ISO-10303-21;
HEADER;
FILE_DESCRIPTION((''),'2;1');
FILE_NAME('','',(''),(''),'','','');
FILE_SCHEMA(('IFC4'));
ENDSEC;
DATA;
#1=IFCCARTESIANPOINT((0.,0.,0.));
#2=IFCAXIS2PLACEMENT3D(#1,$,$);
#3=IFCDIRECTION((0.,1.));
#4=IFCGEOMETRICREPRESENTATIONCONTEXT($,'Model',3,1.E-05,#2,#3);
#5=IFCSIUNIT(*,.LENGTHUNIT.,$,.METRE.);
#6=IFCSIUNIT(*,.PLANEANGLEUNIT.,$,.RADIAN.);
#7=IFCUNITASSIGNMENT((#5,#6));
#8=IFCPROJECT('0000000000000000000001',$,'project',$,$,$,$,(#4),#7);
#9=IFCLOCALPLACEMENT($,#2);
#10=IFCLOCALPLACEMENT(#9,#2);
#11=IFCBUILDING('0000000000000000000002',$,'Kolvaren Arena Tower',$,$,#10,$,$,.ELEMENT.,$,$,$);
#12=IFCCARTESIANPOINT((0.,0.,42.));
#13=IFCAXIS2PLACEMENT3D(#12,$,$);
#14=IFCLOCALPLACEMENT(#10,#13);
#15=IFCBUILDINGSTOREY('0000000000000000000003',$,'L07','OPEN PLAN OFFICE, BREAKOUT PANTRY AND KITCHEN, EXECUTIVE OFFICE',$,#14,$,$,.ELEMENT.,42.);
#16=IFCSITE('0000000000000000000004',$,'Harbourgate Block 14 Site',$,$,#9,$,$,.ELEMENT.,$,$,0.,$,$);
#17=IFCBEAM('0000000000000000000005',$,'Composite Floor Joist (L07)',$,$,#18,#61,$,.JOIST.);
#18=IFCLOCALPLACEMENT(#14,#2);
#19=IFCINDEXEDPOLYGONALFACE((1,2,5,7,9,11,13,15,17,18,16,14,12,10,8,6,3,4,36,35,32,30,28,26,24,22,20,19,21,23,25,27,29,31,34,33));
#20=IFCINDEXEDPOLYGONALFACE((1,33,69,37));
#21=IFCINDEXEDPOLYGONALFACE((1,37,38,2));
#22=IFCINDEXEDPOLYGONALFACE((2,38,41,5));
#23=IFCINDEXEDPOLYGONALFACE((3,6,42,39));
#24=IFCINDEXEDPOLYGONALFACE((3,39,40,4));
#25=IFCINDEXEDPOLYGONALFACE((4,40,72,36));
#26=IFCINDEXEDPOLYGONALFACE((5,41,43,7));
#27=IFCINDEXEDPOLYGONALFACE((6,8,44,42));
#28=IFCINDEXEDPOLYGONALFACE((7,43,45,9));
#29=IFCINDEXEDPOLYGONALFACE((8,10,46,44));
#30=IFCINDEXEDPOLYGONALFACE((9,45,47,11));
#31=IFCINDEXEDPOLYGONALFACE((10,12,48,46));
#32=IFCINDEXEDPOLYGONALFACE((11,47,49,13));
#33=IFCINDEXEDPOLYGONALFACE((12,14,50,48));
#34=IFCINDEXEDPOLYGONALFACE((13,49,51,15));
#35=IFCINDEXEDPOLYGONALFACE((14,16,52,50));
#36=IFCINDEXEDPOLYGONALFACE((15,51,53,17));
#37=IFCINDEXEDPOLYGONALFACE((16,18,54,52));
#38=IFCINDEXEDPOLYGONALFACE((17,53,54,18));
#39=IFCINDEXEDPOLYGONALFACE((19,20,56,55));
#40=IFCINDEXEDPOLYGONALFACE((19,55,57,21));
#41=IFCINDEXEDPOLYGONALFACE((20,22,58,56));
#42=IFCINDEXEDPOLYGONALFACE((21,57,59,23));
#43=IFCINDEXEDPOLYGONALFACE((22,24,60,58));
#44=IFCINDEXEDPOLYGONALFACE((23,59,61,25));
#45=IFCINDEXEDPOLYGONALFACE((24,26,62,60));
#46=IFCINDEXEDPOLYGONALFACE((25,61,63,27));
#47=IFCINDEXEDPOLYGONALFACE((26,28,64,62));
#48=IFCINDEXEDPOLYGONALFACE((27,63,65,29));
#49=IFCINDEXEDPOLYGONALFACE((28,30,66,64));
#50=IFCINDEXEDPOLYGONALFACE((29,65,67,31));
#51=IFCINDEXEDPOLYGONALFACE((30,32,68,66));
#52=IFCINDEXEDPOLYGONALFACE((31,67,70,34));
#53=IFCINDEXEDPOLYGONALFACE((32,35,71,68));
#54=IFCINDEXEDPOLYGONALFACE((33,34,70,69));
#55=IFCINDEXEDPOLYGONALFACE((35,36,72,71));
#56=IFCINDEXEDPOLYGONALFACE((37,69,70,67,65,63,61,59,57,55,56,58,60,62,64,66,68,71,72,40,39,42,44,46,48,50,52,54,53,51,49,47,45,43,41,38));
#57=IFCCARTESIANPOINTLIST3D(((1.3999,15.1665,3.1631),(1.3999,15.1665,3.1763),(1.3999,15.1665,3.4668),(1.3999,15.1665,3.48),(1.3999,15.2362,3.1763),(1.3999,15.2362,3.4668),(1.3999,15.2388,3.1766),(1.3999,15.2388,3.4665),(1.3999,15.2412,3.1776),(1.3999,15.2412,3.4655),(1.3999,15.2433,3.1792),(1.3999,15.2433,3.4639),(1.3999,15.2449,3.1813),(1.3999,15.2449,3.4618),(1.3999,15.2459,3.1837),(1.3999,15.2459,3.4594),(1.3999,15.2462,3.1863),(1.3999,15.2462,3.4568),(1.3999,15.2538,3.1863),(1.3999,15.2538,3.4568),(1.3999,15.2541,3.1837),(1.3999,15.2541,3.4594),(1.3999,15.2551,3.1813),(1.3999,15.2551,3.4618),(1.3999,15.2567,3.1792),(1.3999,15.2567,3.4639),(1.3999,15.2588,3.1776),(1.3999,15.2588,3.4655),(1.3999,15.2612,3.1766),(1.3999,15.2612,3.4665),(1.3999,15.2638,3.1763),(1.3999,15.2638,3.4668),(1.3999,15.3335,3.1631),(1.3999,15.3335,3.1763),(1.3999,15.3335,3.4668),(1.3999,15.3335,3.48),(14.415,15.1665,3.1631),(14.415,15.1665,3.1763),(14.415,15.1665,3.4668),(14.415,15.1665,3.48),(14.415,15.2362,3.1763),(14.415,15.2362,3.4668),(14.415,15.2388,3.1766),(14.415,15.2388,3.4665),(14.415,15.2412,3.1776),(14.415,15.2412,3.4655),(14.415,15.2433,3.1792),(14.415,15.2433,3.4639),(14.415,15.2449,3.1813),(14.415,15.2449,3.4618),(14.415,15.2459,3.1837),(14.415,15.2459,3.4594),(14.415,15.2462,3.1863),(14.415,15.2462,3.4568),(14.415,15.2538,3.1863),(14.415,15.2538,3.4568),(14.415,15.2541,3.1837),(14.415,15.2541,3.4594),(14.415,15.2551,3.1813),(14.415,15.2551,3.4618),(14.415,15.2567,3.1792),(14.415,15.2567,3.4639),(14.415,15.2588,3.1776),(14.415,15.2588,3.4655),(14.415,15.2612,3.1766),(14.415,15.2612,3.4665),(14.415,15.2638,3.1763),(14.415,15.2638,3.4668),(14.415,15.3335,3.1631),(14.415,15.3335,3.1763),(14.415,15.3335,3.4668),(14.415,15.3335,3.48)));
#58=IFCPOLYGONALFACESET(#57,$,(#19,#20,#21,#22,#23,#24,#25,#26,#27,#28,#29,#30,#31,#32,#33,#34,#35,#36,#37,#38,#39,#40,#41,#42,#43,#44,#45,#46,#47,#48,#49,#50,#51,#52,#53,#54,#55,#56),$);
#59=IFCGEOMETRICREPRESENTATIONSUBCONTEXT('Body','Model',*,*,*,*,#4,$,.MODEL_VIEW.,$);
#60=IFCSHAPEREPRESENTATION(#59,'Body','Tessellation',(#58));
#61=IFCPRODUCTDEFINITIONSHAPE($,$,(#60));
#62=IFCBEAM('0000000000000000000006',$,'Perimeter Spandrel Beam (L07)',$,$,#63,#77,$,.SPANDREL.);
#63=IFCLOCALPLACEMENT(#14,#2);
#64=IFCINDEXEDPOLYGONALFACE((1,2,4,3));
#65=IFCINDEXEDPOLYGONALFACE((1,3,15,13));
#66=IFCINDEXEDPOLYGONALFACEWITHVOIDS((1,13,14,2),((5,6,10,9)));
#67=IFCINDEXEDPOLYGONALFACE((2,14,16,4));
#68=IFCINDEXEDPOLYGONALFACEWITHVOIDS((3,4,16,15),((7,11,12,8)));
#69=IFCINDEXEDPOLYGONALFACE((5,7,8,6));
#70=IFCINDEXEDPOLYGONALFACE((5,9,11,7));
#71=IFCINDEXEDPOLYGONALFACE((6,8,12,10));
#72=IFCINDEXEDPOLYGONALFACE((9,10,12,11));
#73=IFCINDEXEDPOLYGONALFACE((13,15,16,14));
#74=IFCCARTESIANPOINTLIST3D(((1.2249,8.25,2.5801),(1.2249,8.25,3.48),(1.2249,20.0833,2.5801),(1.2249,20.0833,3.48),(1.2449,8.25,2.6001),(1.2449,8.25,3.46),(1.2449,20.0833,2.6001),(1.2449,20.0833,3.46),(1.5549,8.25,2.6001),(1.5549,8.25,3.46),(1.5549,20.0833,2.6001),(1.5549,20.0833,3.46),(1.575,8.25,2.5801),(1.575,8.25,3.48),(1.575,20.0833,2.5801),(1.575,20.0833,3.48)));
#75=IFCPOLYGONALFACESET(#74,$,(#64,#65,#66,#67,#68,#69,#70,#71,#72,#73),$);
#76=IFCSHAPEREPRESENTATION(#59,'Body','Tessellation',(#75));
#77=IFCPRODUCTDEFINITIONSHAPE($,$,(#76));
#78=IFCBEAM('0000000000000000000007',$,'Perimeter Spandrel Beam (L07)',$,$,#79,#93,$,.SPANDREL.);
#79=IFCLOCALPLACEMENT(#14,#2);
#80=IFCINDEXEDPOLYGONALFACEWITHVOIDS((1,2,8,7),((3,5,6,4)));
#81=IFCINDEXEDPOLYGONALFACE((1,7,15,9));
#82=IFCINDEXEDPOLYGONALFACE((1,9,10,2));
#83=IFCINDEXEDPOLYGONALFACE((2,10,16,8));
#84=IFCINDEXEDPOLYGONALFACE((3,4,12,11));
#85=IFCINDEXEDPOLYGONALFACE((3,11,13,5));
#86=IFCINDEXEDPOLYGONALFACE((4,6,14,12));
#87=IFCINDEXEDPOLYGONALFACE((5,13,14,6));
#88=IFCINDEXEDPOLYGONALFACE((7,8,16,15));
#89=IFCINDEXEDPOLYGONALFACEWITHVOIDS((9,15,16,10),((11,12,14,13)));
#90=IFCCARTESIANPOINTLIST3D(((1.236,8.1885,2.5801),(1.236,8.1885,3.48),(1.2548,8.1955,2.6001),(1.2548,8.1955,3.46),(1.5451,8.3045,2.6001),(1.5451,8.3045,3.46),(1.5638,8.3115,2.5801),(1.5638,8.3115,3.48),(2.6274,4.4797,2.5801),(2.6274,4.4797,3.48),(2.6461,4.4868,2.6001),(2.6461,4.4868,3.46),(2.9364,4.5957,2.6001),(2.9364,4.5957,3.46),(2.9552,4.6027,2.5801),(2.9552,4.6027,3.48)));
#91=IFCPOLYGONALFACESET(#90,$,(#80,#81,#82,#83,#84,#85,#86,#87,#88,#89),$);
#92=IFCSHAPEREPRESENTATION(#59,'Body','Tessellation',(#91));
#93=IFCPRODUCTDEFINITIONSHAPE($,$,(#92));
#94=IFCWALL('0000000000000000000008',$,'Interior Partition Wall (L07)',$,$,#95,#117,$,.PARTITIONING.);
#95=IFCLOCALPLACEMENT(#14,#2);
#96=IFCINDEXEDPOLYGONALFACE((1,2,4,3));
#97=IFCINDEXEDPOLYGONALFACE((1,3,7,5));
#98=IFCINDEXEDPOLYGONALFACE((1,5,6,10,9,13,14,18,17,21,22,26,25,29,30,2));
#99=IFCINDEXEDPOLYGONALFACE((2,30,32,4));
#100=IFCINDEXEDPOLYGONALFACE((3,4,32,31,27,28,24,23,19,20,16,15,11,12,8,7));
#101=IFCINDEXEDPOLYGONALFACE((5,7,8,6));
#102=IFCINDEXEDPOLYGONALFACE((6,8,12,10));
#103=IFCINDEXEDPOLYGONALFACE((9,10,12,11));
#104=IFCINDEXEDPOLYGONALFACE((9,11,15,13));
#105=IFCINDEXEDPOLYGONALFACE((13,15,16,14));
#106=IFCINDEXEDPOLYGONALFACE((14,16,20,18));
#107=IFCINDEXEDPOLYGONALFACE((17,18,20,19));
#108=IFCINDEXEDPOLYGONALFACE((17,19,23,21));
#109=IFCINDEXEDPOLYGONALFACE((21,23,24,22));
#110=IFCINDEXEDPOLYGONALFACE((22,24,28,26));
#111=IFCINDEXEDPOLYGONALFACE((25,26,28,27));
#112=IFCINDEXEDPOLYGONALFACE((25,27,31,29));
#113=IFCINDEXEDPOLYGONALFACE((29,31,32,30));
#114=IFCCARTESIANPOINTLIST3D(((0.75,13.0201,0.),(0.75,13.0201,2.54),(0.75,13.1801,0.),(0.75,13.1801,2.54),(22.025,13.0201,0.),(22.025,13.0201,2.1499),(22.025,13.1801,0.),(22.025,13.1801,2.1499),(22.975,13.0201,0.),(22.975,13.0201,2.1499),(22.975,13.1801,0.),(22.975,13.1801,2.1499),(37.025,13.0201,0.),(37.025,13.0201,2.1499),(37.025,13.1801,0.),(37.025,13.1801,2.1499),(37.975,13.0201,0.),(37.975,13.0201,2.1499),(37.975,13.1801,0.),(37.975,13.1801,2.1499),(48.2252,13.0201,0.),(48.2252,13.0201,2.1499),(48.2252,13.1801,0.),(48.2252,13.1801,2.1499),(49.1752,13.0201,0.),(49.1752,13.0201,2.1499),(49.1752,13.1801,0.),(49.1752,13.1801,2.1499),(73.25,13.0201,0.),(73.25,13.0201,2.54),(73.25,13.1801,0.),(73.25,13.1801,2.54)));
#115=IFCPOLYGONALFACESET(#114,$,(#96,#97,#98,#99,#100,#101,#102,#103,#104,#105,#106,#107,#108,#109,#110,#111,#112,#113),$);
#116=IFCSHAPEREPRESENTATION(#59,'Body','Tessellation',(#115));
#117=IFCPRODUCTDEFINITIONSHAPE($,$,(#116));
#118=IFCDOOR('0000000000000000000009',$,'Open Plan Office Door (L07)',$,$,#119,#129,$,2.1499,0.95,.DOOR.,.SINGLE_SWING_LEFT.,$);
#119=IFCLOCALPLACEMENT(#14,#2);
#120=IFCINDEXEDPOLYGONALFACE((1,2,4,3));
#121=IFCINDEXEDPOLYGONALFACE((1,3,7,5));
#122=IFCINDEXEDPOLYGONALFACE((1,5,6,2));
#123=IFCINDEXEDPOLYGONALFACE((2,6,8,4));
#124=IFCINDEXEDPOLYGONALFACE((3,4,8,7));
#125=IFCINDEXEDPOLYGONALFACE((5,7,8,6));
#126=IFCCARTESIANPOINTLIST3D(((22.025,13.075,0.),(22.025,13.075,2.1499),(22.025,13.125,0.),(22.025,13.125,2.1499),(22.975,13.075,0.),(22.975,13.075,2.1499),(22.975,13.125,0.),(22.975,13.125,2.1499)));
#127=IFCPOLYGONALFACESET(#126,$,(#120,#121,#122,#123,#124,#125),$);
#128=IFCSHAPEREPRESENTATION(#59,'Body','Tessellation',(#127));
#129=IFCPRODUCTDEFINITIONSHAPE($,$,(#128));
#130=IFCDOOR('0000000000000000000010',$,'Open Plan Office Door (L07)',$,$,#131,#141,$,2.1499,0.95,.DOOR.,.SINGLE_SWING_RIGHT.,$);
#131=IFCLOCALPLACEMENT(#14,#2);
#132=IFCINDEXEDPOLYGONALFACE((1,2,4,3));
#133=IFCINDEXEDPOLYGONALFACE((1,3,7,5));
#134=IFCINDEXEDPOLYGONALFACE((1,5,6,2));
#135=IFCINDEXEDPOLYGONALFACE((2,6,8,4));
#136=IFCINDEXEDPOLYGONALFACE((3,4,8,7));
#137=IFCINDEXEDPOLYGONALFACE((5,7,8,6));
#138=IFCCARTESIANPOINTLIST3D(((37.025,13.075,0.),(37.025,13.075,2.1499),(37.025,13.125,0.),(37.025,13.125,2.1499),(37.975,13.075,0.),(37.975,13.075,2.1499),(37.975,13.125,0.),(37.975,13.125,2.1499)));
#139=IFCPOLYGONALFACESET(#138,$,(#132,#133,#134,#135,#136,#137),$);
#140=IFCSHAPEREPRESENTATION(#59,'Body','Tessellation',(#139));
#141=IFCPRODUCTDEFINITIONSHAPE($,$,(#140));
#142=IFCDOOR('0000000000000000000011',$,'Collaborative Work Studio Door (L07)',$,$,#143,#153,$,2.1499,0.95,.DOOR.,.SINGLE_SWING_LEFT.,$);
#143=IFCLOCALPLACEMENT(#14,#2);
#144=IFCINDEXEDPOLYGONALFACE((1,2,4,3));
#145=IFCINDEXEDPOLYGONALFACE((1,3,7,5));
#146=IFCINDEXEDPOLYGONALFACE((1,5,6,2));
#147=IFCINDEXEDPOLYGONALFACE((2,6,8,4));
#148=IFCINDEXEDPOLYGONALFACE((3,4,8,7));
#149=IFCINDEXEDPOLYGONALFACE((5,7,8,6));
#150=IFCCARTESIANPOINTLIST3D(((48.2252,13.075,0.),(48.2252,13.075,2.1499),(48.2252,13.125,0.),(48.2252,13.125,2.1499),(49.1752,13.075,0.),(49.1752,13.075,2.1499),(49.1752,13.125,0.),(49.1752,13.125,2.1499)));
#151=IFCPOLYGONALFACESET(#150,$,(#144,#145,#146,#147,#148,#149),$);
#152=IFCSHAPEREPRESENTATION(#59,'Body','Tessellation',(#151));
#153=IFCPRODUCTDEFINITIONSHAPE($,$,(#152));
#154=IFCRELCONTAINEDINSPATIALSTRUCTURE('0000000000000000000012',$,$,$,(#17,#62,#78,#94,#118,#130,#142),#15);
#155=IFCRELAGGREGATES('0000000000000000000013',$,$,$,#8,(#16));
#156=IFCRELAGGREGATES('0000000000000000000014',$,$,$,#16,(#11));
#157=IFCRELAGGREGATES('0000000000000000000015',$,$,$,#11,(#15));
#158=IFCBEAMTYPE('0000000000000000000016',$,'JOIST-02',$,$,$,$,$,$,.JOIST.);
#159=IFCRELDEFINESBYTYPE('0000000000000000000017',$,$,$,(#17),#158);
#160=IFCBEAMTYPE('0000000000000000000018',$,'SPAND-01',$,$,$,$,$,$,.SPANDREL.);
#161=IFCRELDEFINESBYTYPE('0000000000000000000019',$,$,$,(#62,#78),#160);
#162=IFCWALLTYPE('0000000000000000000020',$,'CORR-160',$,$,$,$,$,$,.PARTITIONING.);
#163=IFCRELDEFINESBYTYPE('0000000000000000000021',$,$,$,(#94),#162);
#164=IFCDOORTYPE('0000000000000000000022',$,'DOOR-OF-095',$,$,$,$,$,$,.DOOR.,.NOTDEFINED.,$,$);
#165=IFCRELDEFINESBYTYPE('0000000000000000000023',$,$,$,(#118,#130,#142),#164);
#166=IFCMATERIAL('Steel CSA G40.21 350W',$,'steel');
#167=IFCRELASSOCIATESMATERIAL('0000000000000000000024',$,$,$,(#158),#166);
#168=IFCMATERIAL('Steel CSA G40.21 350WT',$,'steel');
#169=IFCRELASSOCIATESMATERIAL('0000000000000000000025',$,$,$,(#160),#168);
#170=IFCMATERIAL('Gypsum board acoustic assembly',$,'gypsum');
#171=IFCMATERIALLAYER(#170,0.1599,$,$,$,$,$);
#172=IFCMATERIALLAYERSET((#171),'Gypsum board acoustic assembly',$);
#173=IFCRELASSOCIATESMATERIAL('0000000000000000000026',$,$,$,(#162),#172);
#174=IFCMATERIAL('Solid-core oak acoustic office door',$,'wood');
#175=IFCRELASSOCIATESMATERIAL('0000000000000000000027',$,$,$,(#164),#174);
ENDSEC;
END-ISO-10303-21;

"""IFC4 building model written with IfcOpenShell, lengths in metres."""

from ifc_helpers import new_model, si_unit, direction, frame, frame_2d, origin, origin_2d, place, context, subcontext, project, spatial, rectangle, hollow_rectangle, i_section, extrude, material, layer, layer_set, material_profile, profile_set, type_object, element, fill, save


model = new_model("IFC4")

# Units and contexts
model_context = context("Model", 3, precision=1e-05, world=origin(), true_north=direction((0.0, 1.0)))
body_context = subcontext(model_context, "Body", "Model", "MODEL_VIEW")
ifc_project = project(units=[si_unit("LENGTHUNIT", "METRE"), si_unit("PLANEANGLEUNIT", "RADIAN")], contexts=[model_context])

# Site, building, storey
site_placement = place(None, origin())
site = spatial("IfcSite", under=ifc_project, at=site_placement, Name="Harbourgate Block 14 Site", CompositionType="ELEMENT", RefElevation=0.0)
building_placement = place(site_placement, origin())
building = spatial("IfcBuilding", under=site, at=building_placement, Name="Kolvaren Arena Tower", CompositionType="ELEMENT")
storey_placement = place(building_placement, frame((0.0, 0.0, 42.0)))
storey = spatial("IfcBuildingStorey", under=building, at=storey_placement, Name="L07", Description="OPEN PLAN OFFICE, BREAKOUT PANTRY AND KITCHEN, EXECUTIVE OFFICE", CompositionType="ELEMENT", Elevation=42.0)

# Beams
ifc_material_1 = material(Name="Steel CSA G40.21 350W", Category="steel")
ifc_material_profile_1 = material_profile(ifc_material_1, i_section(OverallWidth=0.167, OverallDepth=0.3169, WebThickness=0.0076, FlangeThickness=0.0132, FilletRadius=0.01, at=origin_2d()), Name="W310x52")
ifc_profile_set_1 = profile_set([ifc_material_profile_1], Name="Steel CSA G40.21 350W")
beam_type_1 = type_object("IfcBeamType", Name="JOIST-02", PredefinedType="JOIST", material=ifc_profile_set_1)
for number, where, z_axis, x_axis, name in (
    (1, (1.3999, 15.25, 3.3215), (1.0, 0.0, 0.0), (0.0, 1.0, 0.0), "Composite Floor Joist (L07)"),
):
    element("IfcBeam", number, at=place(storey_placement, frame(where, z_axis=z_axis, x_axis=x_axis)), inside=storey, type_object=beam_type_1, Name=name, PredefinedType="JOIST", context=body_context, shape_type="SweptSolid", body=[
        extrude(i_section(OverallWidth=0.167, OverallDepth=0.3169, WebThickness=0.0076, FlangeThickness=0.0132, FilletRadius=0.01, at=origin_2d()), origin(), (0.0, 0.0, 1.0), 13.0151),
    ])
ifc_material_2 = material(Name="Steel CSA G40.21 350WT", Category="steel")
ifc_material_profile_2 = material_profile(ifc_material_2, hollow_rectangle(XDim=0.3501, YDim=0.8999, WallThickness=0.02, at=origin_2d()), Name="HSS 900x350x20")
ifc_profile_set_2 = profile_set([ifc_material_profile_2], Name="Steel CSA G40.21 350WT")
beam_type_2 = type_object("IfcBeamType", Name="SPAND-01", PredefinedType="SPANDREL", material=ifc_profile_set_2)
beam_1_placement = place(storey_placement, frame((1.3999, 20.0833, 3.03), z_axis=(0.0, -1.0, 0.0), x_axis=(1.0, 0.0, 0.0)))
element("IfcBeam", 2, at=beam_1_placement, inside=storey, type_object=beam_type_2, Name="Perimeter Spandrel Beam (L07)", PredefinedType="SPANDREL", context=body_context, shape_type="SweptSolid", body=[
    extrude(hollow_rectangle(XDim=0.3501, YDim=0.8999, WallThickness=0.02, at=origin_2d()), origin(), (0.0, 0.0, 1.0), 11.8333),
])
beam_2_placement = place(storey_placement, frame((1.3999, 8.25, 3.03), z_axis=(0.351252, -0.936281, 0.0), x_axis=(0.936281, 0.351252, 0.0)))
element("IfcBeam", 3, at=beam_2_placement, inside=storey, type_object=beam_type_2, Name="Perimeter Spandrel Beam (L07)", PredefinedType="SPANDREL", context=body_context, shape_type="SweptSolid", body=[
    extrude(hollow_rectangle(XDim=0.3501, YDim=0.8999, WallThickness=0.02, at=origin_2d()), origin(), (0.0, 0.0, 1.0), 3.9612),
])

# Wall, openings, doors
ifc_material_3 = material(Name="Gypsum board acoustic assembly", Category="gypsum")
ifc_layer_1 = layer(ifc_material_3, 0.1599)
ifc_layer_set_1 = layer_set([ifc_layer_1], Name="Gypsum board acoustic assembly")
wall_type_1 = type_object("IfcWallType", Name="CORR-160", PredefinedType="PARTITIONING", material=ifc_layer_set_1)
wall_1_placement = place(storey_placement, frame((0.75, 13.1001, 0.0), z_axis=(0.0, 0.0, 1.0), x_axis=(1.0, 0.0, 0.0)))
wall_1 = element("IfcWall", 4, at=wall_1_placement, inside=storey, type_object=wall_type_1, Name="Interior Partition Wall (L07)", PredefinedType="PARTITIONING", context=body_context, shape_type="SweptSolid", body=[
    extrude(rectangle(XDim=72.5, YDim=0.1599, at=frame_2d((36.25, 0.0))), origin(), (0.0, 0.0, 1.0), 2.54),
])
opening_1_placement = place(wall_1_placement, frame((21.2749, 0.0, 0.0)))
opening_1 = element("IfcOpeningElement", 5, at=opening_1_placement, cuts=wall_1, PredefinedType="OPENING", context=body_context, shape_type="SweptSolid", body=[
    extrude(rectangle(XDim=0.95, YDim=2.1499, at=frame_2d((0.4751, 1.075))), frame((0.0, 0.0898, 0.0), z_axis=(0.0, -1.0, 0.0), x_axis=(1.0, 0.0, 0.0)), (0.0, 0.0, 1.0), 0.1799),
])
opening_2_placement = place(wall_1_placement, frame((36.2749, 0.0, 0.0)))
opening_2 = element("IfcOpeningElement", 6, at=opening_2_placement, cuts=wall_1, PredefinedType="OPENING", context=body_context, shape_type="SweptSolid", body=[
    extrude(rectangle(XDim=0.95, YDim=2.1499, at=frame_2d((0.4751, 1.075))), frame((0.0, 0.0898, 0.0), z_axis=(0.0, -1.0, 0.0), x_axis=(1.0, 0.0, 0.0)), (0.0, 0.0, 1.0), 0.1799),
])
opening_3_placement = place(wall_1_placement, frame((47.4751, 0.0, 0.0)))
opening_3 = element("IfcOpeningElement", 7, at=opening_3_placement, cuts=wall_1, PredefinedType="OPENING", context=body_context, shape_type="SweptSolid", body=[
    extrude(rectangle(XDim=0.95, YDim=2.1499, at=frame_2d((0.4751, 1.075))), frame((0.0, 0.0898, 0.0), z_axis=(0.0, -1.0, 0.0), x_axis=(1.0, 0.0, 0.0)), (0.0, 0.0, 1.0), 0.1799),
])
ifc_material_4 = material(Name="Solid-core oak acoustic office door", Category="wood")
door_type = type_object("IfcDoorType", Name="DOOR-OF-095", OperationType="NOTDEFINED", PredefinedType="DOOR", material=ifc_material_4)
door_1_placement = place(opening_1_placement, origin())
door_1 = element("IfcDoor", 8, at=door_1_placement, inside=storey, type_object=door_type, Name="Open Plan Office Door (L07)", OperationType="SINGLE_SWING_LEFT", OverallHeight=2.1499, OverallWidth=0.95, PredefinedType="DOOR", context=body_context, shape_type="SweptSolid", body=[
    extrude(rectangle(XDim=0.95, YDim=2.1499, at=frame_2d((0.4751, 1.075))), frame((0.0, 0.0249, 0.0), z_axis=(0.0, -1.0, 0.0), x_axis=(1.0, 0.0, 0.0)), (0.0, 0.0, 1.0), 0.05),
])
fill(opening_1, door_1)
door_2_placement = place(opening_2_placement, origin())
door_2 = element("IfcDoor", 9, at=door_2_placement, inside=storey, type_object=door_type, Name="Open Plan Office Door (L07)", OperationType="SINGLE_SWING_RIGHT", OverallHeight=2.1499, OverallWidth=0.95, PredefinedType="DOOR", context=body_context, shape_type="SweptSolid", body=[
    extrude(rectangle(XDim=0.95, YDim=2.1499, at=frame_2d((0.4751, 1.075))), frame((0.0, 0.0249, 0.0), z_axis=(0.0, -1.0, 0.0), x_axis=(1.0, 0.0, 0.0)), (0.0, 0.0, 1.0), 0.05),
])
fill(opening_2, door_2)
door_3_placement = place(opening_3_placement, origin())
door_3 = element("IfcDoor", 10, at=door_3_placement, inside=storey, type_object=door_type, Name="Collaborative Work Studio Door (L07)", OperationType="SINGLE_SWING_LEFT", OverallHeight=2.1499, OverallWidth=0.95, PredefinedType="DOOR", context=body_context, shape_type="SweptSolid", body=[
    extrude(rectangle(XDim=0.95, YDim=2.1499, at=frame_2d((0.4751, 1.075))), frame((0.0, 0.0249, 0.0), z_axis=(0.0, -1.0, 0.0), x_axis=(1.0, 0.0, 0.0)), (0.0, 0.0, 1.0), 0.05),
])
fill(opening_3, door_3)

save(model, "model.ifc")
